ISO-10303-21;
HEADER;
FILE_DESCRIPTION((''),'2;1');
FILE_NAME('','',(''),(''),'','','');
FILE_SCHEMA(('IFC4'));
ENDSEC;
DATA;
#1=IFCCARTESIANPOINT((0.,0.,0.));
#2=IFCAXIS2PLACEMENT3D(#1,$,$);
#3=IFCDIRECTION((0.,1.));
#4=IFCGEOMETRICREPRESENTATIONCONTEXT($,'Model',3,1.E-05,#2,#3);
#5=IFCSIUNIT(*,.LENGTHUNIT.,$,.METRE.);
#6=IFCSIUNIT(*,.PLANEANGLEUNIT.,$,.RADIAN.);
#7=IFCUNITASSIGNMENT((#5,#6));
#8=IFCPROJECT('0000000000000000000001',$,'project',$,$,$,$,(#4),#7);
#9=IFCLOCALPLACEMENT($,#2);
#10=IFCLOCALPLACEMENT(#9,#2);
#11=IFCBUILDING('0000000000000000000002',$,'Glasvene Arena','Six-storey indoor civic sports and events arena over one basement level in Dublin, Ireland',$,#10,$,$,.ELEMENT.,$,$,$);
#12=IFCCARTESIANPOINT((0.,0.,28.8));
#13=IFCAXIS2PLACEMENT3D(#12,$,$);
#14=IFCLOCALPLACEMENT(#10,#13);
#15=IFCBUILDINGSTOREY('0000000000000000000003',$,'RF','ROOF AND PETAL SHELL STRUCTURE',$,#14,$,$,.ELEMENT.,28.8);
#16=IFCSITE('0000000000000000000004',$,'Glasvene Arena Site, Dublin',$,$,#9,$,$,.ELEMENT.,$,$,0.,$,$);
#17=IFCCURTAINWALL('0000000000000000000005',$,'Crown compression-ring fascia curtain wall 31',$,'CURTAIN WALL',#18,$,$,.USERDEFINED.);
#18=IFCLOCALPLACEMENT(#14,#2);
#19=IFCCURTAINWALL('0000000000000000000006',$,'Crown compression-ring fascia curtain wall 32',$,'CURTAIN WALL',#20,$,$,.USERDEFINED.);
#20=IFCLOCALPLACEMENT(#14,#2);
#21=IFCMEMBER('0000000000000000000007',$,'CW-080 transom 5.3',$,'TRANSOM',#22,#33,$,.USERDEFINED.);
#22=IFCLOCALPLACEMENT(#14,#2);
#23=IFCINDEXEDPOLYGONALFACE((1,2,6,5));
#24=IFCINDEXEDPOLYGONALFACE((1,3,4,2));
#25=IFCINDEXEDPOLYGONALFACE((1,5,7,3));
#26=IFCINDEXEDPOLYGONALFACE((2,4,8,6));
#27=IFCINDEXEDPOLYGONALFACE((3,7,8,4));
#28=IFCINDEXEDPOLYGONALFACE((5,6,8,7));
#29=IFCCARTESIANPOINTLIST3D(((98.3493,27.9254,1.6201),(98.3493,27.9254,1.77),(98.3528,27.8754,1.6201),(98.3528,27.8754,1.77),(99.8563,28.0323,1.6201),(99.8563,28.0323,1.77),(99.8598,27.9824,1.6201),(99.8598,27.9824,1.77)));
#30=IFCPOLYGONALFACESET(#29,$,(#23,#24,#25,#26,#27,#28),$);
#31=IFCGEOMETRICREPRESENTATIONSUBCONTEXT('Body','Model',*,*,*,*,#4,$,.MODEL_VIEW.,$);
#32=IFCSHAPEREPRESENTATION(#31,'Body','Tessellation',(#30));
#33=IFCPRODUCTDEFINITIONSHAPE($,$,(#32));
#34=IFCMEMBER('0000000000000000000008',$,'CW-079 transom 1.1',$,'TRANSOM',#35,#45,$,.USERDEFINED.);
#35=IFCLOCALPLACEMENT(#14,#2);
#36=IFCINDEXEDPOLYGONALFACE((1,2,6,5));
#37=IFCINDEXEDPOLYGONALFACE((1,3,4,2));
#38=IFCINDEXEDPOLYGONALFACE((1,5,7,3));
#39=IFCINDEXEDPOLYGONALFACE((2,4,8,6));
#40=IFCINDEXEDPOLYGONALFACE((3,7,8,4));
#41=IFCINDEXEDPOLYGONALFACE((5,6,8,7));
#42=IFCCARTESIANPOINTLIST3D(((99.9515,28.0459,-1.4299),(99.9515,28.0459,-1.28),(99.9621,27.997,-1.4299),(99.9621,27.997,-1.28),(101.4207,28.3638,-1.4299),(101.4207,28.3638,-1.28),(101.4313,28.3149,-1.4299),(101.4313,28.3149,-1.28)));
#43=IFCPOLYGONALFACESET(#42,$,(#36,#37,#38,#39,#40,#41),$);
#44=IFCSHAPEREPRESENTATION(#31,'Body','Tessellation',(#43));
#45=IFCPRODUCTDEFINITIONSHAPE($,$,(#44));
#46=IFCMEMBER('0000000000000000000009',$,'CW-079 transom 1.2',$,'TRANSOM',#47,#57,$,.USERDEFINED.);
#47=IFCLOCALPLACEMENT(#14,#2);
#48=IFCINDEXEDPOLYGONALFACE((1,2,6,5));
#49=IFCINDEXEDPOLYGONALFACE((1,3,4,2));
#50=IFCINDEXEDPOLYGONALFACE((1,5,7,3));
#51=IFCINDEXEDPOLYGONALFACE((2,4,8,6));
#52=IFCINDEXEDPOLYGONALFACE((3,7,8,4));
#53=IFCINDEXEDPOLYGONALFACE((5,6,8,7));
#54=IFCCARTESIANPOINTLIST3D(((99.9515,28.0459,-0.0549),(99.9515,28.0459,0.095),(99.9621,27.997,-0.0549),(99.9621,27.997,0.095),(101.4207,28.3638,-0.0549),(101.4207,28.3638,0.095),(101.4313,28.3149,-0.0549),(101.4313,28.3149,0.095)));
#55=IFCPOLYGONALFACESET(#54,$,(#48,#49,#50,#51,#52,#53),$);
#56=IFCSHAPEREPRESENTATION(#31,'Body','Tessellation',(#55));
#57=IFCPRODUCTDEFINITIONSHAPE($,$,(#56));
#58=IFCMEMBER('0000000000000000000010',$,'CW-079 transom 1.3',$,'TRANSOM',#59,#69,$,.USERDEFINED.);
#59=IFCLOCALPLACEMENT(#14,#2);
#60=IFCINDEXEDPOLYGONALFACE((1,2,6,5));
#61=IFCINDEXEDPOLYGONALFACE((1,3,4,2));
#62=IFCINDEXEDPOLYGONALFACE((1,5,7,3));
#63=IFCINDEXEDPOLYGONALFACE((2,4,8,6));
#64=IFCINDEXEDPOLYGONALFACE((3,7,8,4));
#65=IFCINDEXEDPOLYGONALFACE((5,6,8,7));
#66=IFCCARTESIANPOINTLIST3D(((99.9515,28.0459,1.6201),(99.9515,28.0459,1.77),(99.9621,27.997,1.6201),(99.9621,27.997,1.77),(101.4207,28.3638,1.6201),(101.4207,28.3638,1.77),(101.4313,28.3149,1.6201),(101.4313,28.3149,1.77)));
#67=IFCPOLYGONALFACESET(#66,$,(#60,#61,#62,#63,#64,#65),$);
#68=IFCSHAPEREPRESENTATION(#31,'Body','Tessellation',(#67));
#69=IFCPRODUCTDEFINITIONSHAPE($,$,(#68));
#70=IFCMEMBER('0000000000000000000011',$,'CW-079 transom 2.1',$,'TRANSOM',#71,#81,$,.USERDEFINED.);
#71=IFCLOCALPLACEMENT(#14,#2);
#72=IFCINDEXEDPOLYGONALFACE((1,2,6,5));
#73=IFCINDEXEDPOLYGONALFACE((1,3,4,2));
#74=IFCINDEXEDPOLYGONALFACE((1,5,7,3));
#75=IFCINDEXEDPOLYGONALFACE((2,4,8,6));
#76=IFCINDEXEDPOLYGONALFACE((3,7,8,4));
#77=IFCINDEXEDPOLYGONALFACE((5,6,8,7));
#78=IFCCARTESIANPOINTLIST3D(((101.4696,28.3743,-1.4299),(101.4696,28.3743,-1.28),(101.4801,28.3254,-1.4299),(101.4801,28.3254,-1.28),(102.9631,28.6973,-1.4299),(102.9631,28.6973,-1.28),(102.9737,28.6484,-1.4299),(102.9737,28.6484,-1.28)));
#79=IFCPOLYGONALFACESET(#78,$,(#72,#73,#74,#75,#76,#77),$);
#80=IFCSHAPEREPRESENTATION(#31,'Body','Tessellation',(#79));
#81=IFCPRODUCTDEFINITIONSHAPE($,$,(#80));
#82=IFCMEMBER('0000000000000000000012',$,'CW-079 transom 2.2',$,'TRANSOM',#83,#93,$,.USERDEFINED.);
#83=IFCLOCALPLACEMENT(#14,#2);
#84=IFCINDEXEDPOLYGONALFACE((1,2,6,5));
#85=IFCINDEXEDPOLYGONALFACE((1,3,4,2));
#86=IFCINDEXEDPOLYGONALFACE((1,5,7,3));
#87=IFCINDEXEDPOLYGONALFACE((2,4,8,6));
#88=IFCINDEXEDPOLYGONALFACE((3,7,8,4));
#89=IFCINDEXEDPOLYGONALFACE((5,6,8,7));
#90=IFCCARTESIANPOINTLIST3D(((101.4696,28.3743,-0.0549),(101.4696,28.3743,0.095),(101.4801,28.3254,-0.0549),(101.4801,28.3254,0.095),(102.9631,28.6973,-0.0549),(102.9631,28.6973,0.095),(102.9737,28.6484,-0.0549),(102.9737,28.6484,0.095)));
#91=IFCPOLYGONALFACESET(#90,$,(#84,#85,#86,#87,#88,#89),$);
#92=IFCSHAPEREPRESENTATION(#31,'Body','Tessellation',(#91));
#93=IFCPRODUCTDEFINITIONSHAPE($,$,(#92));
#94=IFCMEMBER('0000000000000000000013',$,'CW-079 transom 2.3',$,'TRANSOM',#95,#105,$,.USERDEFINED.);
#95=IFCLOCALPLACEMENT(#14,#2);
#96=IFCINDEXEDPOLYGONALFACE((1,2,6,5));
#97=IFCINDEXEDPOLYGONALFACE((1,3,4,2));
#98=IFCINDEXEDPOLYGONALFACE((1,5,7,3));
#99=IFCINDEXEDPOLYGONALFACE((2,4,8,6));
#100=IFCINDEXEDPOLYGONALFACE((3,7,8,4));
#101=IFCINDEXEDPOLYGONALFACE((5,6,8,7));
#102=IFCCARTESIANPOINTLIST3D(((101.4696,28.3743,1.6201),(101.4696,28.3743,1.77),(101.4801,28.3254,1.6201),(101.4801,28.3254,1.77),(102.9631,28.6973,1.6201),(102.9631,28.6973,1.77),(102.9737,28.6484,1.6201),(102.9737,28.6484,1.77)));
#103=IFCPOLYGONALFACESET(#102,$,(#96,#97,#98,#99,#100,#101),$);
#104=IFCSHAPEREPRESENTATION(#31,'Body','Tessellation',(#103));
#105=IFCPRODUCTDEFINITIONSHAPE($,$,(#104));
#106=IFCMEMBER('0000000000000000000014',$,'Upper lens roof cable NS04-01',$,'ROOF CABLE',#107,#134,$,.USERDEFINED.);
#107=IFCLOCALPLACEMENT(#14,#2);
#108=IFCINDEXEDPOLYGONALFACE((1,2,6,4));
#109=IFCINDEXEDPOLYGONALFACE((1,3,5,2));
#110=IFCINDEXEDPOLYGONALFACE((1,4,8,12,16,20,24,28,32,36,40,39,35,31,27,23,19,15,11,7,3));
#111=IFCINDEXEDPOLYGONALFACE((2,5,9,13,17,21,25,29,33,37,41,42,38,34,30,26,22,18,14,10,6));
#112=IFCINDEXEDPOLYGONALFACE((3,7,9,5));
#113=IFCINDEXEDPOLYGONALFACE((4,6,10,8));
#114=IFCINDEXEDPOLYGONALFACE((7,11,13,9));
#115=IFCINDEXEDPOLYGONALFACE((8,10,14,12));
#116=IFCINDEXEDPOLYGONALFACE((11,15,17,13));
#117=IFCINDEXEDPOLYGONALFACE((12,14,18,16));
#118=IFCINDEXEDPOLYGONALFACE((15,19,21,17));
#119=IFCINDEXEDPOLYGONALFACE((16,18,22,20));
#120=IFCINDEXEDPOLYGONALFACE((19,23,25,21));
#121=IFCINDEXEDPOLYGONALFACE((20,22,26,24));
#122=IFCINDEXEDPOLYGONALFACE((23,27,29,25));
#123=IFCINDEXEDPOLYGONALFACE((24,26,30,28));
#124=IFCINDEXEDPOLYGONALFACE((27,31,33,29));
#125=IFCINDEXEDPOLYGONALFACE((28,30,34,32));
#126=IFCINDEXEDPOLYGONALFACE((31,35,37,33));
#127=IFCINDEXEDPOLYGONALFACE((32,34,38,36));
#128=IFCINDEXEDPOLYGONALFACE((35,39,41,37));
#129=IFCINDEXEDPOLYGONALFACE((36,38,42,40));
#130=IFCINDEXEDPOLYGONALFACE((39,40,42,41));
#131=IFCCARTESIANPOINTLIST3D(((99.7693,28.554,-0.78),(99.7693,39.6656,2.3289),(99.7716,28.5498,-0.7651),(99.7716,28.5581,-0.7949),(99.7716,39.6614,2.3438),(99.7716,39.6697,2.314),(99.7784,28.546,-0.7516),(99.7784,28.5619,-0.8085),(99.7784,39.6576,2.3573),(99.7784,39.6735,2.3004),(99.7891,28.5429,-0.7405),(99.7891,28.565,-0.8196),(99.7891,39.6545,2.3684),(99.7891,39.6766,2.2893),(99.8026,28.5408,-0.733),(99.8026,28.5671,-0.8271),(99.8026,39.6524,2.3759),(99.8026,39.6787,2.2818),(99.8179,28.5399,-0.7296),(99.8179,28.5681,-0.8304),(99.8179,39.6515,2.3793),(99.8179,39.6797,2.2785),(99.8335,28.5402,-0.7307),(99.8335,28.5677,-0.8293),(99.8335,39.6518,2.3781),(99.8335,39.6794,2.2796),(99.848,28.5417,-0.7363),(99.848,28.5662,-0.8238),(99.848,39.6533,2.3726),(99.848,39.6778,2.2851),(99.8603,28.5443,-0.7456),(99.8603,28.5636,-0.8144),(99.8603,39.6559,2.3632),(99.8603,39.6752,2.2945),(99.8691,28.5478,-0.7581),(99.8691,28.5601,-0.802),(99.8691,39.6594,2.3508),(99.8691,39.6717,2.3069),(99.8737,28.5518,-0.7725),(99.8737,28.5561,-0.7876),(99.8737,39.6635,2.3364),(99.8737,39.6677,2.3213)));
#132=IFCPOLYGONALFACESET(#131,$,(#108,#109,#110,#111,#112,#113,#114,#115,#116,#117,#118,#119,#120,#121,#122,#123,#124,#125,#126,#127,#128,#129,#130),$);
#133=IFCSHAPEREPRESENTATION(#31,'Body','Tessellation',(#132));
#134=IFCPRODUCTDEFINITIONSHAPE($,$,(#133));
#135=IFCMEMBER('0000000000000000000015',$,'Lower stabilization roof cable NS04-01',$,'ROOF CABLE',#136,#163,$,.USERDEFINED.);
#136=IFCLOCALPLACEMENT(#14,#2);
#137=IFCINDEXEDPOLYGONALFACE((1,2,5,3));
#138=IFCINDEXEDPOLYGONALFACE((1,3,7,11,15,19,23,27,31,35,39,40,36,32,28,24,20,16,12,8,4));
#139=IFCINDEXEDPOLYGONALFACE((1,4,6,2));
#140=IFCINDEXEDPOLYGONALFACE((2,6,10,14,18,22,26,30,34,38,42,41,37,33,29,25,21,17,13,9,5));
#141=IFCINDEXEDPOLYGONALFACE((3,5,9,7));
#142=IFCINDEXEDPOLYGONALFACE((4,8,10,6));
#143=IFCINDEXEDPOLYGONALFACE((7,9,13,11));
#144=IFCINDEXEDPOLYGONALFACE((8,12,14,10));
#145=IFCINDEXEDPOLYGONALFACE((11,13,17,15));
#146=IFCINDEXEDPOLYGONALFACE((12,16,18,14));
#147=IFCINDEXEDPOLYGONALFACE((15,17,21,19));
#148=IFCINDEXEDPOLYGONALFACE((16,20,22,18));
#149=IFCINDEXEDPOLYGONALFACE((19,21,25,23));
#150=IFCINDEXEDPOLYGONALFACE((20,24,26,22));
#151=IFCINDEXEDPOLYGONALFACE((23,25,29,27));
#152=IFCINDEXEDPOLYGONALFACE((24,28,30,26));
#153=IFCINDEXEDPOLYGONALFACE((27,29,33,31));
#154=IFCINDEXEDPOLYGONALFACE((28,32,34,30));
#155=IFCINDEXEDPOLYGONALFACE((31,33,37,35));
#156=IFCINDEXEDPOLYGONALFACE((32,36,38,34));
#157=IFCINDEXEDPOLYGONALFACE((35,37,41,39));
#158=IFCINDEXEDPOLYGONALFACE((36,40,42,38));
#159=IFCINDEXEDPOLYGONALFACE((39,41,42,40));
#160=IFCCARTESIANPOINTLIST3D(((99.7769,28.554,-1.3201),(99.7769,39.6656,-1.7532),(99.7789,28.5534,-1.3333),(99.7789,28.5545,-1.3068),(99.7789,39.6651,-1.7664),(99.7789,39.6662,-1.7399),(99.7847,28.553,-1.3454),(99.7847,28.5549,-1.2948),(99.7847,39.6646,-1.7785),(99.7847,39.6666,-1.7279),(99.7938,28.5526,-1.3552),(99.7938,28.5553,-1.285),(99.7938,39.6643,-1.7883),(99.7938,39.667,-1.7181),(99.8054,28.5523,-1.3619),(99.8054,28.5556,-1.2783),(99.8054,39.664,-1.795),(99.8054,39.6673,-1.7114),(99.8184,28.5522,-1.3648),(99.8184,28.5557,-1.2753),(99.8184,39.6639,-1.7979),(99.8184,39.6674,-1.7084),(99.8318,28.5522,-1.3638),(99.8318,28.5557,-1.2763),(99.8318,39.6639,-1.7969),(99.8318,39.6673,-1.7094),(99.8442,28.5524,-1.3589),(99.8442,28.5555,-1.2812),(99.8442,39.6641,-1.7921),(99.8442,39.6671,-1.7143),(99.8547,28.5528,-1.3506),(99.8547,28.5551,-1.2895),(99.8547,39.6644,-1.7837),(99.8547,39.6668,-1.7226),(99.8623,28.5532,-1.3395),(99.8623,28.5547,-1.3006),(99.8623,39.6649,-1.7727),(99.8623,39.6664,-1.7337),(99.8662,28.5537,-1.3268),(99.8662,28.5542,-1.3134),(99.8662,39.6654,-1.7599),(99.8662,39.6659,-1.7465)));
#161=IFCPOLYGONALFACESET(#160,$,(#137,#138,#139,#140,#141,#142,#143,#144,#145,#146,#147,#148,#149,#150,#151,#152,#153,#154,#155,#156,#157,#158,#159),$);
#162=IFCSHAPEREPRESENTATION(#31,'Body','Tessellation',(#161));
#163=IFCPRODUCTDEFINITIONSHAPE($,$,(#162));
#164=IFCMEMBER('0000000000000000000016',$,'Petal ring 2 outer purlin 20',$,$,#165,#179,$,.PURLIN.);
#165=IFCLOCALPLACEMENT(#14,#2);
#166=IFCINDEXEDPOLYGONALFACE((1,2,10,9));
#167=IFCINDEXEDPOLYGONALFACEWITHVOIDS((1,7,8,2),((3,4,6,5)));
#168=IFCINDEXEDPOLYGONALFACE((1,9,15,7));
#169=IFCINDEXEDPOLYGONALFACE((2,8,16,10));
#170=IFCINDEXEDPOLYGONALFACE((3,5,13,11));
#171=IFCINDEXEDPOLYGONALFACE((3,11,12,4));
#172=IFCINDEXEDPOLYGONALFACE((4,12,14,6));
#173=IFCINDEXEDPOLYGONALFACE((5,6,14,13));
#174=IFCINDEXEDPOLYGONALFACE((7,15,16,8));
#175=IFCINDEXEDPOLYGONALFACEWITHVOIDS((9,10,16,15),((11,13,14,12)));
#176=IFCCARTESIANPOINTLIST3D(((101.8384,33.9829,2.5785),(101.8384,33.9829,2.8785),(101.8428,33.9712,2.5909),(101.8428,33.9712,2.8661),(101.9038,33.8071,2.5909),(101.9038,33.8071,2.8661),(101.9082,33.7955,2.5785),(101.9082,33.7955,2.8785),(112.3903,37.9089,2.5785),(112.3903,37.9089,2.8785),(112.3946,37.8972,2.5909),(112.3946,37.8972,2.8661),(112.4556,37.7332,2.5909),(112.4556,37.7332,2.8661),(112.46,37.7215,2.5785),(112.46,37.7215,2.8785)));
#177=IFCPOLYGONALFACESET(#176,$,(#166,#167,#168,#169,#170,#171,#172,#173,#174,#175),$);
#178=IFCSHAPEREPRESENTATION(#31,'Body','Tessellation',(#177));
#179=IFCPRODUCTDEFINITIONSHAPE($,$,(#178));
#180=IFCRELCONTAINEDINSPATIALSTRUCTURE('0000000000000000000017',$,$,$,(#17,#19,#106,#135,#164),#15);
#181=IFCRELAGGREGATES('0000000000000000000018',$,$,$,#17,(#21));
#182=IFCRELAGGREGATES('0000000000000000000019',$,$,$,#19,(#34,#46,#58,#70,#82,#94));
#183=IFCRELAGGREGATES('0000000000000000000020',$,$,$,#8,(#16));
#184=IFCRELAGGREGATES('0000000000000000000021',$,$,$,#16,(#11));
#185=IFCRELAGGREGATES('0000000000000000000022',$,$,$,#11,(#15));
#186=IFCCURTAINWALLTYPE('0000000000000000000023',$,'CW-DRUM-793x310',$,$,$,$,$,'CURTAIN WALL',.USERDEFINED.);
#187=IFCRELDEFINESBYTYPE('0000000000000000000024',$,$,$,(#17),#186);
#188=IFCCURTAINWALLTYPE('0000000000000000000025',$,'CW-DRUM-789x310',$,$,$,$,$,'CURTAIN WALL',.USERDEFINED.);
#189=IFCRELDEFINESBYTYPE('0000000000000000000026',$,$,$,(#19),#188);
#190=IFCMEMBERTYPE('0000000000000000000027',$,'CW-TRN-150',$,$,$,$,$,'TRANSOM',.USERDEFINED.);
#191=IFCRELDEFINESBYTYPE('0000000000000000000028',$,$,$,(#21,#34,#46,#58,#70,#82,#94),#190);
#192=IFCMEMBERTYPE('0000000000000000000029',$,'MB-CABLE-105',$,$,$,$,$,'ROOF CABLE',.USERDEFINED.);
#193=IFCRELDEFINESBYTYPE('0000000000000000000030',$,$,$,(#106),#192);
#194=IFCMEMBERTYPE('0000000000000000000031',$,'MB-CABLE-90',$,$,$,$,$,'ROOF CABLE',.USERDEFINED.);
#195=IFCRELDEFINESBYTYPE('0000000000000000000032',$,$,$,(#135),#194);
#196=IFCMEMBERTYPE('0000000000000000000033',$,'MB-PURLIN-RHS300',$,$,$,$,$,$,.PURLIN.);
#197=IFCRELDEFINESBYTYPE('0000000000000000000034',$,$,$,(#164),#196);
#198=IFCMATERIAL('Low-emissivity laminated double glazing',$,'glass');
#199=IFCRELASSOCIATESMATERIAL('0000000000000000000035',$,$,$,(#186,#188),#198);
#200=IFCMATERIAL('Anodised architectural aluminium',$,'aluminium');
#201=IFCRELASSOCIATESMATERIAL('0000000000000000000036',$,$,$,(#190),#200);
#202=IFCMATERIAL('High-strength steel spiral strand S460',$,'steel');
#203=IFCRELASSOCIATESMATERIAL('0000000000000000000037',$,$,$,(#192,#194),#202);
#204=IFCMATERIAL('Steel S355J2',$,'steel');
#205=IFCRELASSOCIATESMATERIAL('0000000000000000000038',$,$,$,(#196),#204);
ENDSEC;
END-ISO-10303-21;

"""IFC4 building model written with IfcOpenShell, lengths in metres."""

from ifc_helpers import new_model, si_unit, direction, frame, origin, origin_2d, place, context, subcontext, project, spatial, rectangle, hollow_rectangle, circle, extrude, material, material_profile, profile_set, type_object, element, aggregate, save


model = new_model("IFC4")

# Units and contexts
model_context = context("Model", 3, precision=1e-05, world=origin(), true_north=direction((0.0, 1.0)))
body_context = subcontext(model_context, "Body", "Model", "MODEL_VIEW")
ifc_project = project(units=[si_unit("LENGTHUNIT", "METRE"), si_unit("PLANEANGLEUNIT", "RADIAN")], contexts=[model_context])

# Site, building, storey
site_placement = place(None, origin())
site = spatial("IfcSite", under=ifc_project, at=site_placement, Name="Glasvene Arena Site, Dublin", CompositionType="ELEMENT", RefElevation=0.0)
building_placement = place(site_placement, origin())
building = spatial("IfcBuilding", under=site, at=building_placement, Name="Glasvene Arena", Description="Six-storey indoor civic sports and events arena over one basement level in Dublin, Ireland", CompositionType="ELEMENT")
storey_placement = place(building_placement, frame((0.0, 0.0, 28.8)))
storey = spatial("IfcBuildingStorey", under=building, at=storey_placement, Name="RF", Description="ROOF AND PETAL SHELL STRUCTURE", CompositionType="ELEMENT", Elevation=28.8)

# Shared definitions
ifc_material_1 = material(Name="Steel S355J2", Category="steel")

# Curtain walls
ifc_material_2 = material(Name="Low-emissivity laminated double glazing", Category="glass")
curtain_wall_type_1 = type_object("IfcCurtainWallType", Name="CW-DRUM-793x310", ElementType="CURTAIN WALL", PredefinedType="USERDEFINED", material=ifc_material_2)
curtain_wall_1_placement = place(storey_placement, frame((92.0, 27.45, 0.0)))
curtain_wall_1 = element("IfcCurtainWall", 1, at=curtain_wall_1_placement, inside=storey, type_object=curtain_wall_type_1, Name="Crown compression-ring fascia curtain wall 31", ObjectType="CURTAIN WALL", PredefinedType="USERDEFINED")
ifc_material_3 = material(Name="Anodised architectural aluminium", Category="aluminium")
curtain_wall_type_2 = type_object("IfcCurtainWallType", Name="CW-DRUM-789x310", ElementType="CURTAIN WALL", PredefinedType="USERDEFINED", material=ifc_material_2)
curtain_wall_2_placement = place(storey_placement, frame((99.9077, 28.0107, 0.0)))
curtain_wall_2 = element("IfcCurtainWall", 2, at=curtain_wall_2_placement, inside=storey, type_object=curtain_wall_type_2, Name="Crown compression-ring fascia curtain wall 32", ObjectType="CURTAIN WALL", PredefinedType="USERDEFINED")

# Members
ifc_material_profile_1 = material_profile(ifc_material_3, rectangle(XDim=0.05, YDim=0.1499, at=origin_2d()), Name="ALU TRANSOM 50x150")
ifc_profile_set_1 = profile_set([ifc_material_profile_1], Name="Anodised architectural aluminium")
member_type_1 = type_object("IfcMemberType", Name="CW-TRN-150", ElementType="TRANSOM", PredefinedType="USERDEFINED", material=ifc_profile_set_1)
member_1_placement = place(storey_placement, frame((98.3511, 27.9004, 1.6951), z_axis=(0.997491, 0.070788, 0.0), x_axis=(-0.070788, 0.997491, 0.0)))
member_1 = element("IfcMember", 3, at=member_1_placement, type_object=member_type_1, Name="CW-080 transom 5.3", ObjectType="TRANSOM", PredefinedType="USERDEFINED", context=body_context, shape_type="SweptSolid", body=[
    extrude(rectangle(XDim=0.05, YDim=0.1499, at=origin_2d()), origin(), (0.0, 0.0, 1.0), 1.5107),
])
member_2_placement = place(storey_placement, frame((99.9568, 28.0215, -1.355), z_axis=(0.977387, 0.211459, 0.0), x_axis=(-0.211459, 0.977387, 0.0)))
member_2 = element("IfcMember", 4, at=member_2_placement, type_object=member_type_1, Name="CW-079 transom 1.1", ObjectType="TRANSOM", PredefinedType="USERDEFINED", context=body_context, shape_type="SweptSolid", body=[
    extrude(rectangle(XDim=0.05, YDim=0.1499, at=origin_2d()), origin(), (0.0, 0.0, 1.0), 1.5032),
])
member_3_placement = place(storey_placement, frame((99.9568, 28.0215, 0.02), z_axis=(0.977387, 0.211459, 0.0), x_axis=(-0.211459, 0.977387, 0.0)))
member_3 = element("IfcMember", 5, at=member_3_placement, type_object=member_type_1, Name="CW-079 transom 1.2", ObjectType="TRANSOM", PredefinedType="USERDEFINED", context=body_context, shape_type="SweptSolid", body=[
    extrude(rectangle(XDim=0.05, YDim=0.1499, at=origin_2d()), origin(), (0.0, 0.0, 1.0), 1.5032),
])
member_4_placement = place(storey_placement, frame((99.9568, 28.0215, 1.6951), z_axis=(0.977387, 0.211459, 0.0), x_axis=(-0.211459, 0.977387, 0.0)))
member_4 = element("IfcMember", 6, at=member_4_placement, type_object=member_type_1, Name="CW-079 transom 1.3", ObjectType="TRANSOM", PredefinedType="USERDEFINED", context=body_context, shape_type="SweptSolid", body=[
    extrude(rectangle(XDim=0.05, YDim=0.1499, at=origin_2d()), origin(), (0.0, 0.0, 1.0), 1.5032),
])
member_5_placement = place(storey_placement, frame((101.4749, 28.3499, -1.355), z_axis=(0.977408, 0.211362, 0.0), x_axis=(-0.211362, 0.977408, 0.0)))
member_5 = element("IfcMember", 7, at=member_5_placement, type_object=member_type_1, Name="CW-079 transom 2.1", ObjectType="TRANSOM", PredefinedType="USERDEFINED", context=body_context, shape_type="SweptSolid", body=[
    extrude(rectangle(XDim=0.05, YDim=0.1499, at=origin_2d()), origin(), (0.0, 0.0, 1.0), 1.5281),
])
member_6_placement = place(storey_placement, frame((101.4749, 28.3499, 0.02), z_axis=(0.977408, 0.211362, 0.0), x_axis=(-0.211362, 0.977408, 0.0)))
member_6 = element("IfcMember", 8, at=member_6_placement, type_object=member_type_1, Name="CW-079 transom 2.2", ObjectType="TRANSOM", PredefinedType="USERDEFINED", context=body_context, shape_type="SweptSolid", body=[
    extrude(rectangle(XDim=0.05, YDim=0.1499, at=origin_2d()), origin(), (0.0, 0.0, 1.0), 1.5281),
])
member_7_placement = place(storey_placement, frame((101.4749, 28.3499, 1.6951), z_axis=(0.977408, 0.211362, 0.0), x_axis=(-0.211362, 0.977408, 0.0)))
member_7 = element("IfcMember", 9, at=member_7_placement, type_object=member_type_1, Name="CW-079 transom 2.3", ObjectType="TRANSOM", PredefinedType="USERDEFINED", context=body_context, shape_type="SweptSolid", body=[
    extrude(rectangle(XDim=0.05, YDim=0.1499, at=origin_2d()), origin(), (0.0, 0.0, 1.0), 1.5281),
])

# Members
ifc_material_4 = material(Name="High-strength steel spiral strand S460", Category="steel")
ifc_material_profile_2 = material_profile(ifc_material_4, circle(Radius=0.0525, at=origin_2d()), Name="LCSS D105")
ifc_profile_set_2 = profile_set([ifc_material_profile_2], Name="High-strength steel spiral strand S460")
member_type_2 = type_object("IfcMemberType", Name="MB-CABLE-105", ElementType="ROOF CABLE", PredefinedType="USERDEFINED", material=ifc_profile_set_2)
member_8_placement = place(storey_placement, frame((99.8218, 28.554, -0.78), z_axis=(0.0, 0.963017, 0.269441), x_axis=(-1.0, 0.0, 0.0)))
element("IfcMember", 10, at=member_8_placement, inside=storey, type_object=member_type_2, Name="Upper lens roof cable NS04-01", ObjectType="ROOF CABLE", PredefinedType="USERDEFINED", context=body_context, shape_type="SweptSolid", body=[
    extrude(circle(Radius=0.0525, at=origin_2d()), origin(), (0.0, 0.0, 1.0), 11.5383),
])
ifc_material_profile_3 = material_profile(ifc_material_4, circle(Radius=0.0449, at=origin_2d()), Name="LCSS D90")
ifc_profile_set_3 = profile_set([ifc_material_profile_3], Name="High-strength steel spiral strand S460")
member_type_3 = type_object("IfcMemberType", Name="MB-CABLE-90", ElementType="ROOF CABLE", PredefinedType="USERDEFINED", material=ifc_profile_set_3)
member_9_placement = place(storey_placement, frame((99.8218, 28.554, -1.3201), z_axis=(0.0, 0.999241, -0.038948), x_axis=(-1.0, 0.0, 0.0)))
element("IfcMember", 11, at=member_9_placement, inside=storey, type_object=member_type_3, Name="Lower stabilization roof cable NS04-01", ObjectType="ROOF CABLE", PredefinedType="USERDEFINED", context=body_context, shape_type="SweptSolid", body=[
    extrude(circle(Radius=0.0449, at=origin_2d()), origin(), (0.0, 0.0, 1.0), 11.1201),
])
ifc_material_profile_4 = material_profile(ifc_material_1, hollow_rectangle(XDim=0.2, YDim=0.3, WallThickness=0.0125, at=origin_2d()), Name="RHS 300x200x12.5")
ifc_profile_set_4 = profile_set([ifc_material_profile_4], Name="Steel S355J2")
member_type_4 = type_object("IfcMemberType", Name="MB-PURLIN-RHS300", PredefinedType="PURLIN", material=ifc_profile_set_4)
member_10_placement = place(storey_placement, frame((101.8733, 33.8892, 2.7285), z_axis=(0.937228, 0.348717, 0.0), x_axis=(-0.348717, 0.937228, 0.0)))
element("IfcMember", 12, at=member_10_placement, inside=storey, type_object=member_type_4, Name="Petal ring 2 outer purlin 20", PredefinedType="PURLIN", context=body_context, shape_type="SweptSolid", body=[
    extrude(hollow_rectangle(XDim=0.2, YDim=0.3, WallThickness=0.0125, at=origin_2d()), origin(), (0.0, 0.0, 1.0), 11.2585),
])

aggregate(curtain_wall_1, [member_1])
aggregate(curtain_wall_2, [member_2, member_3, member_4, member_5, member_6, member_7])

save(model, "model.ifc")
